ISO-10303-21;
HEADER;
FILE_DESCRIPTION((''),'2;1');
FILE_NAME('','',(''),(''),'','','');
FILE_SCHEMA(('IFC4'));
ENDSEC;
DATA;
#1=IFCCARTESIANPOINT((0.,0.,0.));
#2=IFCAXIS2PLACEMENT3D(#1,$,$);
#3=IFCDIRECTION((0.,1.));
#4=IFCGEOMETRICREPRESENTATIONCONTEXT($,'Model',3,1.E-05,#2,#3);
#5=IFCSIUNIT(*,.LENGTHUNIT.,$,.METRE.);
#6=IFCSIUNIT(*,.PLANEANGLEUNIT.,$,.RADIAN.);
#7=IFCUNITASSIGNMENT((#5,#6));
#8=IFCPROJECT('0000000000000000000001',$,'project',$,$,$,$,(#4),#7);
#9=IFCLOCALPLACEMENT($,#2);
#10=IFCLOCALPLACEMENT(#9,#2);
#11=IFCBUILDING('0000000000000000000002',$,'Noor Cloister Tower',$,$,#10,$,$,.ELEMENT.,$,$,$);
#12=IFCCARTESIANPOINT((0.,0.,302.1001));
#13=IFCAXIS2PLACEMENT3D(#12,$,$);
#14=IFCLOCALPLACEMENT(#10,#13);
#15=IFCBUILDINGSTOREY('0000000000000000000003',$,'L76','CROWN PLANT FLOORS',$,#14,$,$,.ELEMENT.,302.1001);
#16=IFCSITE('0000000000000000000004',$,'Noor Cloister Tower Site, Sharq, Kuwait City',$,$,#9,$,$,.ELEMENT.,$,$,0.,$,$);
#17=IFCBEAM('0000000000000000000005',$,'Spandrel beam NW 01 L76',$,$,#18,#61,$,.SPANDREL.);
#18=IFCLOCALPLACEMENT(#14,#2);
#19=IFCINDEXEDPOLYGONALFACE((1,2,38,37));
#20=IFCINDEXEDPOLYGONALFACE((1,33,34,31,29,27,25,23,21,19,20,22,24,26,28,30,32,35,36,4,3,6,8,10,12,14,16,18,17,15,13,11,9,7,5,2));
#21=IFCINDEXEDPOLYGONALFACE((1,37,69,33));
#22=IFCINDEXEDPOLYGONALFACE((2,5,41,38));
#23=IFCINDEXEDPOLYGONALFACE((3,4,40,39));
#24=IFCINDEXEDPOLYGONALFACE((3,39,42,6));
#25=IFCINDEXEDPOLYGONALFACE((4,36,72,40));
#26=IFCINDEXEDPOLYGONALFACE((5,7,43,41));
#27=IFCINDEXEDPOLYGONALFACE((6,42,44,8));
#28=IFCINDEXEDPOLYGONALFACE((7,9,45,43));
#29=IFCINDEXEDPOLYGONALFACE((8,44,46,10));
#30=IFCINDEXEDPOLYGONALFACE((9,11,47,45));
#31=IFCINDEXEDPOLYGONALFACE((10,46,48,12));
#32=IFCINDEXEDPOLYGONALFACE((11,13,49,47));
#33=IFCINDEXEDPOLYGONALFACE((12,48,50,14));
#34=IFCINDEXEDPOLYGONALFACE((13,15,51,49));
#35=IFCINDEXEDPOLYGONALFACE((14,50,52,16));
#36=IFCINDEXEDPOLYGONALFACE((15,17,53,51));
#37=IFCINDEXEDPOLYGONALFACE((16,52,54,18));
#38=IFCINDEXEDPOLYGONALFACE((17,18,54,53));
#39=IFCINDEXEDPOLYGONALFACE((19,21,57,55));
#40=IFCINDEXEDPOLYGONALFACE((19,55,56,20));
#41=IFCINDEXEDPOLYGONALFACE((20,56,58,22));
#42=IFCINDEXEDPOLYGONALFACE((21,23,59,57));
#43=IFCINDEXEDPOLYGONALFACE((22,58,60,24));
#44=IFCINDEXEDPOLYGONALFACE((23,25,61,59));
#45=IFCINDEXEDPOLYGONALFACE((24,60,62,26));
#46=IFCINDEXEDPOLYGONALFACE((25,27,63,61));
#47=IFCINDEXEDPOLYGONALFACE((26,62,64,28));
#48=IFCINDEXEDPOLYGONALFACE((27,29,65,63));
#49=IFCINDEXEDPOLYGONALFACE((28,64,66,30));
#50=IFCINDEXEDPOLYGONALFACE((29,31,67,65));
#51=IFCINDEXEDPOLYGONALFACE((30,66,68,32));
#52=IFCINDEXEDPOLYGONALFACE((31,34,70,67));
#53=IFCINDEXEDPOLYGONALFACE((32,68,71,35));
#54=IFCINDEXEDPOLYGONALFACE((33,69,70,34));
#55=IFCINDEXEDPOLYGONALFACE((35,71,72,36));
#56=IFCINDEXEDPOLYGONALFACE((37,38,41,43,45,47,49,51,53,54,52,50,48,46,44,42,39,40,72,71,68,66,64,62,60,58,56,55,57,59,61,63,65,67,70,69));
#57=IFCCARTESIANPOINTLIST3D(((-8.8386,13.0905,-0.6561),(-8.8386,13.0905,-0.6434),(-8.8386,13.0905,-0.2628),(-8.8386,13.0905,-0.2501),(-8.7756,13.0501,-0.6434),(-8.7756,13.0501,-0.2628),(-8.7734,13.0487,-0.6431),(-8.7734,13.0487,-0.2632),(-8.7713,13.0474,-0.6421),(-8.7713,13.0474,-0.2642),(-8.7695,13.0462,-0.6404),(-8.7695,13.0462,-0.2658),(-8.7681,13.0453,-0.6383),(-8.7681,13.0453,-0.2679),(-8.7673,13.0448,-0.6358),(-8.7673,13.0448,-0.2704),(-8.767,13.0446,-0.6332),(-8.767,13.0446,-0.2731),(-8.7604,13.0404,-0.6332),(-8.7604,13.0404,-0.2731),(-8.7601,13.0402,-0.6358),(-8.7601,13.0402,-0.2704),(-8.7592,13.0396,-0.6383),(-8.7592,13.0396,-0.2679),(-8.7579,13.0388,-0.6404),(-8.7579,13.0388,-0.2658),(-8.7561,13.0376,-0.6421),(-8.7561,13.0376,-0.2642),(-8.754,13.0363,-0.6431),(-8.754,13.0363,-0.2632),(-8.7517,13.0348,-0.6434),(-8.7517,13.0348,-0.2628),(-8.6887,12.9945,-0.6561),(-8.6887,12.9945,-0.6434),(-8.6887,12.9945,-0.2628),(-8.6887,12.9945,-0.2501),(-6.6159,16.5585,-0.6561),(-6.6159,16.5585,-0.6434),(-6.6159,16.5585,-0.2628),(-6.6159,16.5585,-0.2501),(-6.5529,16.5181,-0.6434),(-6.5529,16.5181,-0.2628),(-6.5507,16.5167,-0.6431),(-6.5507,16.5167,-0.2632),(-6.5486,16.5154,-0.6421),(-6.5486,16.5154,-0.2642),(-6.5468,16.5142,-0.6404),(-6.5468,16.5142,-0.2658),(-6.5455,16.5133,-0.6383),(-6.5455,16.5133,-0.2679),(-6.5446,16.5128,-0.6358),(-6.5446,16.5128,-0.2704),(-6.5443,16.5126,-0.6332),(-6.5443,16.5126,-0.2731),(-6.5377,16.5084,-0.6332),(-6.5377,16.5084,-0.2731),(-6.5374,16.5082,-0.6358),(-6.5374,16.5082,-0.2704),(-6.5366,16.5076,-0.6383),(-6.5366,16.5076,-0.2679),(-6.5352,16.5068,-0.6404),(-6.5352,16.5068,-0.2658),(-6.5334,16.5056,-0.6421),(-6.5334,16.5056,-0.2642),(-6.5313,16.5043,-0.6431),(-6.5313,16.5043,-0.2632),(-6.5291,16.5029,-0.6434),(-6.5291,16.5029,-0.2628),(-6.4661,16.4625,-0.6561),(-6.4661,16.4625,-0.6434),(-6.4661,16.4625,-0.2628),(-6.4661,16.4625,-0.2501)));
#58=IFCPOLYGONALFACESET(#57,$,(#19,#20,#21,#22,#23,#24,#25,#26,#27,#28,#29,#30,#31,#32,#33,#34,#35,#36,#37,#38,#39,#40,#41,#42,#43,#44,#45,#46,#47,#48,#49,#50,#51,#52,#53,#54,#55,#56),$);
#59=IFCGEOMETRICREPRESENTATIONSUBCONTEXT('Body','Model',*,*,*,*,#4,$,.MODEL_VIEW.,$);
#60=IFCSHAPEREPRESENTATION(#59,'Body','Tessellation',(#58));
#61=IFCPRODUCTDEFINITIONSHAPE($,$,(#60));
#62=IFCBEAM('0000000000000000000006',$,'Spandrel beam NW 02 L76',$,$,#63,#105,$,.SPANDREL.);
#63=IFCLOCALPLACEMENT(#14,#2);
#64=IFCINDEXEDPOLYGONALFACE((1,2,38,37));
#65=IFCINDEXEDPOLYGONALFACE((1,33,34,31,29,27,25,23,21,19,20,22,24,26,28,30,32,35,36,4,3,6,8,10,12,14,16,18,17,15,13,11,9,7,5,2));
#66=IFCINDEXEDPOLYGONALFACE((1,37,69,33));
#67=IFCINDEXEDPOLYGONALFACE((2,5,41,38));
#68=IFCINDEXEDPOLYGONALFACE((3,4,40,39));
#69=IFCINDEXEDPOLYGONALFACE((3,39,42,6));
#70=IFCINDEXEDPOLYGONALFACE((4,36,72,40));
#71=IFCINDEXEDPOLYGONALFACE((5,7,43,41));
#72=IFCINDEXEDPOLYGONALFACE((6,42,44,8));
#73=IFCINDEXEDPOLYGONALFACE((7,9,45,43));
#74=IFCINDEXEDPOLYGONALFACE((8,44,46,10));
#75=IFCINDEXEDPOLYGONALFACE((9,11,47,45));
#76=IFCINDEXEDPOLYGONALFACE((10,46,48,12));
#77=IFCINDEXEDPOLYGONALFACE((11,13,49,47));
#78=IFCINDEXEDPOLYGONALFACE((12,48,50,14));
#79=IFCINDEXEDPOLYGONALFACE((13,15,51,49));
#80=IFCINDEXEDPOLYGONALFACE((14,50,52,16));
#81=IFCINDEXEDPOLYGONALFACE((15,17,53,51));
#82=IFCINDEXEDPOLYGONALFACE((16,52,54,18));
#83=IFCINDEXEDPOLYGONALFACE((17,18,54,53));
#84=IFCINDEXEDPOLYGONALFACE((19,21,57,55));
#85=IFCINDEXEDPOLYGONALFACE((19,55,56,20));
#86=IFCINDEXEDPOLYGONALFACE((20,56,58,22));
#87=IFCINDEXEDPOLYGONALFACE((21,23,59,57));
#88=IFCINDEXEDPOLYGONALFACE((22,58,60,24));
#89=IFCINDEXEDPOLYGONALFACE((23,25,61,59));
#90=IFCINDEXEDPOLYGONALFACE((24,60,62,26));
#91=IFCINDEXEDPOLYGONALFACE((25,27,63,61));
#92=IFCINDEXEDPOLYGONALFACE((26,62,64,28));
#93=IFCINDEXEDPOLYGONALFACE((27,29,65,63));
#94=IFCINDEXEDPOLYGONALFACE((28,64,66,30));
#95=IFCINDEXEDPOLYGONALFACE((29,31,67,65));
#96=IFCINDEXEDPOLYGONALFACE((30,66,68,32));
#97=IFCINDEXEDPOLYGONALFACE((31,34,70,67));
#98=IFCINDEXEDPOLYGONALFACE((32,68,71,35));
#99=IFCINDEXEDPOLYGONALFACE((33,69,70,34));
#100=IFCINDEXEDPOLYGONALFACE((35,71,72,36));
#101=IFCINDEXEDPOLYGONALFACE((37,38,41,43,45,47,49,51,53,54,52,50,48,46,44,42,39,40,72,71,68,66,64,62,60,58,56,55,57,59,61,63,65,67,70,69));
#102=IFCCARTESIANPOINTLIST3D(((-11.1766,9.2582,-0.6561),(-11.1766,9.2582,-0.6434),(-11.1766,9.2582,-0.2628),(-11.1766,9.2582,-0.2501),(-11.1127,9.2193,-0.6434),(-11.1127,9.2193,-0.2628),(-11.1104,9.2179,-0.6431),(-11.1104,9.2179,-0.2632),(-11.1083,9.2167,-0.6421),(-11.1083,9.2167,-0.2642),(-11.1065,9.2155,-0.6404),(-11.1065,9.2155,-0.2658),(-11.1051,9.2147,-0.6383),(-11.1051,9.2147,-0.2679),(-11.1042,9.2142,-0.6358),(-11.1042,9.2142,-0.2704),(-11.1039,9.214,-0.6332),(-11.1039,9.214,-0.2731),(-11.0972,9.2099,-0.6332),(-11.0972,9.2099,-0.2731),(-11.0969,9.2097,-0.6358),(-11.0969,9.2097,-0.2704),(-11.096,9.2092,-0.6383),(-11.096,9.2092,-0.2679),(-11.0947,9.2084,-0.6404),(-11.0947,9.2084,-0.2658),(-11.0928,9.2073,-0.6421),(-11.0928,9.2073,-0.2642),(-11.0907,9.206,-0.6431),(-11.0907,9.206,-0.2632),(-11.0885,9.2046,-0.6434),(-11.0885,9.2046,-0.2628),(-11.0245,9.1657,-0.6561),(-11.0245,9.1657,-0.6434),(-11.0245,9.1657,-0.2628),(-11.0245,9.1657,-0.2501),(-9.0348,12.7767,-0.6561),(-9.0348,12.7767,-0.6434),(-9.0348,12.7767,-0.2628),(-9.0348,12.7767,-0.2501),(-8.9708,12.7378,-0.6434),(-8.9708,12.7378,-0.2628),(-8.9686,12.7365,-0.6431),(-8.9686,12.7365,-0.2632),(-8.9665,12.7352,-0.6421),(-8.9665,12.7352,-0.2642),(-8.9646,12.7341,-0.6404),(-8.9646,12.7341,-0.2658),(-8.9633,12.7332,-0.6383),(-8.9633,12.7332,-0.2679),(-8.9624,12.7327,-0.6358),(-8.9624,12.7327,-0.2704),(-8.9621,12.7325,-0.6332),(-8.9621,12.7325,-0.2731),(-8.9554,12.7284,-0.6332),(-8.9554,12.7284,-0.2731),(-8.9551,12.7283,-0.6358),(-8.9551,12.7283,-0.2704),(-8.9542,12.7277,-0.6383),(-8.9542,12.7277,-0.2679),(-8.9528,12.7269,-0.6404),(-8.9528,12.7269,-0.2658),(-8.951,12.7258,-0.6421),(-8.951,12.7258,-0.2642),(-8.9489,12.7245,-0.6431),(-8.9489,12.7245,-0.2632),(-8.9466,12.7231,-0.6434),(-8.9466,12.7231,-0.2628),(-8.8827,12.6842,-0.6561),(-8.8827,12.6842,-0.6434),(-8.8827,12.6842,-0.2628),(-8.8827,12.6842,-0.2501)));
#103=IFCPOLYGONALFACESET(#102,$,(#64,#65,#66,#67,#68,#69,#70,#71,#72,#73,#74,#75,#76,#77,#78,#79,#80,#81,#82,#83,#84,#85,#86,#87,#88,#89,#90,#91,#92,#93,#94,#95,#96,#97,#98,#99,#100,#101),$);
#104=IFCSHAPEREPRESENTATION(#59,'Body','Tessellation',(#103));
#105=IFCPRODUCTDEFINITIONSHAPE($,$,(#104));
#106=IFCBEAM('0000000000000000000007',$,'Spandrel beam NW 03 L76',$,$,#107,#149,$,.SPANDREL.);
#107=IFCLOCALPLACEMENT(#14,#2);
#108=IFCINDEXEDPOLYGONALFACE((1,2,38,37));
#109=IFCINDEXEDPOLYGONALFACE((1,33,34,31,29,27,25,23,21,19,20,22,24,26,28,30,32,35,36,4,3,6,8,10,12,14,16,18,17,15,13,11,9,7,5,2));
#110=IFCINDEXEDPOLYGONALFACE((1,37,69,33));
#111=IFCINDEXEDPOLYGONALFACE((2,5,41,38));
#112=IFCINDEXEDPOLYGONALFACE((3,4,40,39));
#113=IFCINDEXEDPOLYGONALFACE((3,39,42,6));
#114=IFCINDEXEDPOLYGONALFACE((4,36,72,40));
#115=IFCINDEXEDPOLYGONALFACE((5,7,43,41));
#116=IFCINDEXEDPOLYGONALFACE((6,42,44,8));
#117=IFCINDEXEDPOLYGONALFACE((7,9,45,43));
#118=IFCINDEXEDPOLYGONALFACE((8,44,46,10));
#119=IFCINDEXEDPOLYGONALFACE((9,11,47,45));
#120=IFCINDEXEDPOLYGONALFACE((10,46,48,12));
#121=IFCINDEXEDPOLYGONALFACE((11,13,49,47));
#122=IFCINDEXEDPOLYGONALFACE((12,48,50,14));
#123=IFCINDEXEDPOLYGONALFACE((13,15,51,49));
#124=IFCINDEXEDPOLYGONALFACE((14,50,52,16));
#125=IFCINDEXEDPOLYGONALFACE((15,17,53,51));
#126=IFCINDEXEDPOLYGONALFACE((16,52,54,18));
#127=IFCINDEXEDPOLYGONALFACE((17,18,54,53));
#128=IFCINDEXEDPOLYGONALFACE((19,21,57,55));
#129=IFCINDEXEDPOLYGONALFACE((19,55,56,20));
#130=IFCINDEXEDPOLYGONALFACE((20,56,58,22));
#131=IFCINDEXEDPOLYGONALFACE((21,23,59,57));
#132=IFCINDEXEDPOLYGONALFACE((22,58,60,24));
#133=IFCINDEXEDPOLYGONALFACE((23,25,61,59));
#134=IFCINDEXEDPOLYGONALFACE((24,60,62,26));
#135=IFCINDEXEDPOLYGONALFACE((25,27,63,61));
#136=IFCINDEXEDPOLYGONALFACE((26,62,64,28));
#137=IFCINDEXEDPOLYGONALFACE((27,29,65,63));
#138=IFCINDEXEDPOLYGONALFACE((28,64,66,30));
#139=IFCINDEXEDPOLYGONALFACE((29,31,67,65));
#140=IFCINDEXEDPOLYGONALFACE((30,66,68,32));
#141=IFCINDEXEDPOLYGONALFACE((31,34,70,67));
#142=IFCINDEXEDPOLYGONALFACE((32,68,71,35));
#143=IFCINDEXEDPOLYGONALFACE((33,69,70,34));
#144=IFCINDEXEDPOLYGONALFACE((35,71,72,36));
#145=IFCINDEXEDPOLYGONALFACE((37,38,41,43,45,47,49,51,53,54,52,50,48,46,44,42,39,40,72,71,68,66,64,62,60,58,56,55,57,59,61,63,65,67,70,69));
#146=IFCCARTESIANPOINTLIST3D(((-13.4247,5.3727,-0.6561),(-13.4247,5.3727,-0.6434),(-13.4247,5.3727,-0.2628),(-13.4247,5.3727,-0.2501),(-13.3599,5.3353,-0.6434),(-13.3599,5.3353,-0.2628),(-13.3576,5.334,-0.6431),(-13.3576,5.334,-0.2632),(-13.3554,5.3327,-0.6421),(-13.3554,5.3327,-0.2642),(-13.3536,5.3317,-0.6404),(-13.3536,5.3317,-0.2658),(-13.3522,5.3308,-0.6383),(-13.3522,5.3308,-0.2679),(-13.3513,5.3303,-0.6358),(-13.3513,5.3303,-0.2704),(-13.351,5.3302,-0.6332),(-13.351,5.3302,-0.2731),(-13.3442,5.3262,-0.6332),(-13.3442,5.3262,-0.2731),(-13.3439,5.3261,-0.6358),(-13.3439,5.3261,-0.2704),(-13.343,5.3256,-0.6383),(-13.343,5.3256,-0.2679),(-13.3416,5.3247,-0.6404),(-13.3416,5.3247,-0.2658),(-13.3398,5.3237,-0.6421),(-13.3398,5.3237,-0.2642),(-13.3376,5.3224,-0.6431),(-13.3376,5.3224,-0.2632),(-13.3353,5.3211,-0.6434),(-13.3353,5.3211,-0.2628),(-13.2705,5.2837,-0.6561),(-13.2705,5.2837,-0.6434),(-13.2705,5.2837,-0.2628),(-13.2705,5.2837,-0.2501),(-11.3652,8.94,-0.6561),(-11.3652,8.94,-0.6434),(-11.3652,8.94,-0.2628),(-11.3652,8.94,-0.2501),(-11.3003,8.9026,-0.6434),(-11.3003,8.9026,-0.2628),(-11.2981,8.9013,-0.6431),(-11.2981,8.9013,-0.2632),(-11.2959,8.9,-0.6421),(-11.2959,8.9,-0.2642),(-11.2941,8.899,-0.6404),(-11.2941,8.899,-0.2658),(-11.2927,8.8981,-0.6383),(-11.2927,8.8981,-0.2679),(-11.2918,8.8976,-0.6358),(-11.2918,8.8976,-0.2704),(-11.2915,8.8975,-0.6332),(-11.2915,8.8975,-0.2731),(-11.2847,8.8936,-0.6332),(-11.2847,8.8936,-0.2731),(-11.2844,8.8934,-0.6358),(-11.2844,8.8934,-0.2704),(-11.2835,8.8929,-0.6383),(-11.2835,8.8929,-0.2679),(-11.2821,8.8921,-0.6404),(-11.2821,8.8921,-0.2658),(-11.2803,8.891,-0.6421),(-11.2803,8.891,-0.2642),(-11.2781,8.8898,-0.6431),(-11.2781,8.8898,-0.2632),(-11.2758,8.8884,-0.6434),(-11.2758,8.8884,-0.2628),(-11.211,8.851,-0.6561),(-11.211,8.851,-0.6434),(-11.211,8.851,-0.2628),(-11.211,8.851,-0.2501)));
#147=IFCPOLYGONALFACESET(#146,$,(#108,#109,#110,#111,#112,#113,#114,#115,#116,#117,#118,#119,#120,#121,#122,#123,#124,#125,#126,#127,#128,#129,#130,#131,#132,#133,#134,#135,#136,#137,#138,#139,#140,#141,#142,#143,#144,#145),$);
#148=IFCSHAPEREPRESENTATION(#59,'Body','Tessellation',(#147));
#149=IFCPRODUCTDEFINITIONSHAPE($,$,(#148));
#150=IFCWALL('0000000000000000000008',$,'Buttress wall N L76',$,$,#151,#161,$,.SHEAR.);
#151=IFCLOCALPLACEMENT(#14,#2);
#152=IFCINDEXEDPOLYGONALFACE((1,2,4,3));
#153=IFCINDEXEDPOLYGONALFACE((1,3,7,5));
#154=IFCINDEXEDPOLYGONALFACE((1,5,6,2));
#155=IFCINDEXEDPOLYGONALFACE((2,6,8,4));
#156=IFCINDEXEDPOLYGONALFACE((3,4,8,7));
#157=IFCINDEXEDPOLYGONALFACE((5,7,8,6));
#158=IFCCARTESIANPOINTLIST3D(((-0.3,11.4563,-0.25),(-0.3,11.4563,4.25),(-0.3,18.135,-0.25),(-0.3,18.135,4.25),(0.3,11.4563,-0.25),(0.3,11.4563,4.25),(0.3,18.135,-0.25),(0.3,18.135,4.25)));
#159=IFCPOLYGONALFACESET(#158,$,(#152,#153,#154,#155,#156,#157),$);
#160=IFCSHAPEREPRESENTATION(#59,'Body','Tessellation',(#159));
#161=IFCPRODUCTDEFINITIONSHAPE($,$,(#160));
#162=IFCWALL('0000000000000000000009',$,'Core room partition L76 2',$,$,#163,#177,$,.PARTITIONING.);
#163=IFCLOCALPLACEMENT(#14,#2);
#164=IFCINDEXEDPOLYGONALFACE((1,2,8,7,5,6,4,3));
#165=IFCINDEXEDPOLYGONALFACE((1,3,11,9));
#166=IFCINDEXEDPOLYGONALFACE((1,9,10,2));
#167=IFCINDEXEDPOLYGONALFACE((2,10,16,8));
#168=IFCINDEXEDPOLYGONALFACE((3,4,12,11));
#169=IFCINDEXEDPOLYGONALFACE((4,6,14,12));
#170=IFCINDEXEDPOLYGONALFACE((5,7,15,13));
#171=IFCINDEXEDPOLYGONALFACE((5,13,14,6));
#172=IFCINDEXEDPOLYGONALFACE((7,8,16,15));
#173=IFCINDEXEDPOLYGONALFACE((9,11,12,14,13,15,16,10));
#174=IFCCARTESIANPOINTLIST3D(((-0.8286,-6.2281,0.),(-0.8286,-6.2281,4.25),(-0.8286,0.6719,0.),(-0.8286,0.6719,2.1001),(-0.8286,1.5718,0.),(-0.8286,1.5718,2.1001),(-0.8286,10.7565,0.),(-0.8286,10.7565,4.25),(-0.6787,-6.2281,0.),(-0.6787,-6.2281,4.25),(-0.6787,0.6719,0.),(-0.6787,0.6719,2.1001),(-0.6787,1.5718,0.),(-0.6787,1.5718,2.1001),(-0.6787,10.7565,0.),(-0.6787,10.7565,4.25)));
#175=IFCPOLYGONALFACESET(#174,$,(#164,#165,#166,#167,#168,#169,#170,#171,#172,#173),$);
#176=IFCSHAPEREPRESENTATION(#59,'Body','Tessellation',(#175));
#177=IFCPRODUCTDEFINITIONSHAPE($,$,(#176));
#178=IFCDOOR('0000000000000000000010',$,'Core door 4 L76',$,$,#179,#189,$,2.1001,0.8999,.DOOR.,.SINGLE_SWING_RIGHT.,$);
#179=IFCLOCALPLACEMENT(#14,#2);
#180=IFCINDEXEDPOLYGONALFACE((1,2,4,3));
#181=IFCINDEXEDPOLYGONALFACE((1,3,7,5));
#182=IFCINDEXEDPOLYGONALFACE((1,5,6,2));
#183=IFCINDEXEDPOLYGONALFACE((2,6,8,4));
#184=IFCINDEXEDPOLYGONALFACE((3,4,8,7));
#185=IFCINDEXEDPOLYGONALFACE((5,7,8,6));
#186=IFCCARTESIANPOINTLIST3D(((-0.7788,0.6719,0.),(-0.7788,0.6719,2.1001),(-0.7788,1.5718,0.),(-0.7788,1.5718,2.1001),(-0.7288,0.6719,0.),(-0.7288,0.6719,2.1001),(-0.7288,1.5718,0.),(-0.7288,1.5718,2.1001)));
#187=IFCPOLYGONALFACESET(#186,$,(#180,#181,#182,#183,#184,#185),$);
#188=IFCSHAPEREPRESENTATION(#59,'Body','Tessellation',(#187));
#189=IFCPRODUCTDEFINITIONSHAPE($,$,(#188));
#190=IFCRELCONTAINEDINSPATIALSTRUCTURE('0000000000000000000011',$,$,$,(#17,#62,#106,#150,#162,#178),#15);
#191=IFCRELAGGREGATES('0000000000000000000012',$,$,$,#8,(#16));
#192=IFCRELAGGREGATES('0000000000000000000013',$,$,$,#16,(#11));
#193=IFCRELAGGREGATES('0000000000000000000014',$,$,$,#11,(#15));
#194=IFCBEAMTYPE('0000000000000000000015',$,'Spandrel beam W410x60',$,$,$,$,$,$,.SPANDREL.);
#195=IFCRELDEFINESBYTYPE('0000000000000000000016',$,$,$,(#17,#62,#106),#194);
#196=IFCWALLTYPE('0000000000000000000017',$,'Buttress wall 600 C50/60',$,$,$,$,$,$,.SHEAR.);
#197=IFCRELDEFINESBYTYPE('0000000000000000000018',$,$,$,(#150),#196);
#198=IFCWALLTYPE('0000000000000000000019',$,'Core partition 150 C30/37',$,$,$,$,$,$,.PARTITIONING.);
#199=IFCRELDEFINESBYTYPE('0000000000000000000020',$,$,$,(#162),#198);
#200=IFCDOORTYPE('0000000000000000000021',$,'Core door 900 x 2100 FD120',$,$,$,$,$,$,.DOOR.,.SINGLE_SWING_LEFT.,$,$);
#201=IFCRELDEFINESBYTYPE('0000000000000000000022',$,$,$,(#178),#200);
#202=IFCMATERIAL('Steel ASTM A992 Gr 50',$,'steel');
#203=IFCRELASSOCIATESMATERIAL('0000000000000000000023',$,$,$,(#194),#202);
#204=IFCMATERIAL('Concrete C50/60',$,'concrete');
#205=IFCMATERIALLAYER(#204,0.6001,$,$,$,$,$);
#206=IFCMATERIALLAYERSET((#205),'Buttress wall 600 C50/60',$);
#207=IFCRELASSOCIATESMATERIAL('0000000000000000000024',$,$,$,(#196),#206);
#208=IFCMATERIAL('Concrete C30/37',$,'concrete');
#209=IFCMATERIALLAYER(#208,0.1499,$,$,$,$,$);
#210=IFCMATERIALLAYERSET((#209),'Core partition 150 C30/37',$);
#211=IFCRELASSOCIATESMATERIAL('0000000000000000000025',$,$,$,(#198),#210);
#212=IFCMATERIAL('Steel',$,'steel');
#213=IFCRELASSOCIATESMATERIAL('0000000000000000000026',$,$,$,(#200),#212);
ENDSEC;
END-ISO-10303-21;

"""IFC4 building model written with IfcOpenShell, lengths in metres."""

from ifc_helpers import new_model, si_unit, direction, frame, frame_2d, origin, origin_2d, place, context, subcontext, project, spatial, rectangle, i_section, extrude, material, layer, layer_set, material_profile, profile_set, type_object, element, fill, save


model = new_model("IFC4")

# Units and contexts
model_context = context("Model", 3, precision=1e-05, world=origin(), true_north=direction((0.0, 1.0)))
body_context = subcontext(model_context, "Body", "Model", "MODEL_VIEW")
ifc_project = project(units=[si_unit("LENGTHUNIT", "METRE"), si_unit("PLANEANGLEUNIT", "RADIAN")], contexts=[model_context])

# Site, building, storey
site_placement = place(None, origin())
site = spatial("IfcSite", under=ifc_project, at=site_placement, Name="Noor Cloister Tower Site, Sharq, Kuwait City", CompositionType="ELEMENT", RefElevation=0.0)
building_placement = place(site_placement, origin())
building = spatial("IfcBuilding", under=site, at=building_placement, Name="Noor Cloister Tower", CompositionType="ELEMENT")
storey_placement = place(building_placement, frame((0.0, 0.0, 302.1001)))
storey = spatial("IfcBuildingStorey", under=building, at=storey_placement, Name="L76", Description="CROWN PLANT FLOORS", CompositionType="ELEMENT", Elevation=302.1001)

# Beams
ifc_material_1 = material(Name="Steel ASTM A992 Gr 50", Category="steel")
ifc_material_profile_1 = material_profile(ifc_material_1, i_section(OverallWidth=0.178, OverallDepth=0.406, WebThickness=0.0078, FlangeThickness=0.0127, FilletRadius=0.0103, at=origin_2d()), Name="W410x60")
ifc_profile_set_1 = profile_set([ifc_material_profile_1], Name="Steel ASTM A992 Gr 50")
beam_type_1 = type_object("IfcBeamType", Name="Spandrel beam W410x60", PredefinedType="SPANDREL", material=ifc_profile_set_1)
for number, where, z_axis, x_axis, name in (
    (1, (-6.541, 16.5105, -0.4531), (-0.539592, -0.841927, 0.0), (0.841927, -0.539592, 0.0), "Spandrel beam NW 01 L76"),
    (2, (-8.9587, 12.7305, -0.4531), (-0.519968, -0.854186, 0.0), (0.854186, -0.519968, 0.0), "Spandrel beam NW 02 L76"),
    (3, (-11.2881, 8.8955, -0.4531), (-0.499989, -0.866032, 0.0), (0.866032, -0.499989, 0.0), "Spandrel beam NW 03 L76"),
):
    element("IfcBeam", number, at=place(storey_placement, frame(where, z_axis=z_axis, x_axis=x_axis)), inside=storey, type_object=beam_type_1, Name=name, PredefinedType="SPANDREL", context=body_context, shape_type="SweptSolid", body=[
        extrude(i_section(OverallWidth=0.178, OverallDepth=0.406, WebThickness=0.0078, FlangeThickness=0.0127, FilletRadius=0.0103, at=origin_2d()), origin(), (0.0, 0.0, 1.0), 4.1191),
    ])

# Wall
ifc_material_2 = material(Name="Concrete C50/60", Category="concrete")
ifc_layer_1 = layer(ifc_material_2, 0.6001)
ifc_layer_set_1 = layer_set([ifc_layer_1], Name="Buttress wall 600 C50/60")
wall_type_1 = type_object("IfcWallType", Name="Buttress wall 600 C50/60", PredefinedType="SHEAR", material=ifc_layer_set_1)
wall_1_placement = place(storey_placement, frame((0.0, 11.4563, -0.25), z_axis=(0.0, 0.0, 1.0), x_axis=(0.0, 1.0, 0.0)))
element("IfcWall", 4, at=wall_1_placement, inside=storey, type_object=wall_type_1, Name="Buttress wall N L76", PredefinedType="SHEAR", context=body_context, shape_type="SweptSolid", body=[
    extrude(rectangle(XDim=6.6787, YDim=0.6001, at=frame_2d((3.3394, 0.0))), origin(), (0.0, 0.0, 1.0), 4.5),
])

# Wall, opening, door
ifc_material_3 = material(Name="Concrete C30/37", Category="concrete")
ifc_layer_2 = layer(ifc_material_3, 0.1499)
ifc_layer_set_2 = layer_set([ifc_layer_2], Name="Core partition 150 C30/37")
wall_type_2 = type_object("IfcWallType", Name="Core partition 150 C30/37", PredefinedType="PARTITIONING", material=ifc_layer_set_2)
wall_2_placement = place(storey_placement, frame((-0.7537, 10.7563, 0.0), z_axis=(0.0, 0.0, 1.0), x_axis=(0.0, -1.0, 0.0)))
wall_2 = element("IfcWall", 5, at=wall_2_placement, inside=storey, type_object=wall_type_2, Name="Core room partition L76 2", PredefinedType="PARTITIONING", context=body_context, shape_type="SweptSolid", body=[
    extrude(rectangle(XDim=16.9846, YDim=0.1499, at=frame_2d((8.4922, 0.0))), origin(), (0.0, 0.0, 1.0), 4.25),
])
opening_1_placement = place(wall_2_placement, frame((9.1846, 0.0, 0.0)))
opening_1 = element("IfcOpeningElement", 6, at=opening_1_placement, cuts=wall_2, PredefinedType="OPENING", context=body_context, shape_type="SweptSolid", body=[
    extrude(rectangle(XDim=0.8999, YDim=2.1001, at=frame_2d((0.45, 1.05))), frame((0.0, 0.085, 0.0), z_axis=(0.0, -1.0, 0.0), x_axis=(1.0, 0.0, 0.0)), (0.0, 0.0, 1.0), 0.1699),
])
ifc_material_4 = material(Name="Steel", Category="steel")
door_type_1 = type_object("IfcDoorType", Name="Core door 900 x 2100 FD120", OperationType="SINGLE_SWING_LEFT", PredefinedType="DOOR", material=ifc_material_4)
door_1_placement = place(opening_1_placement, origin())
door_1 = element("IfcDoor", 7, at=door_1_placement, inside=storey, type_object=door_type_1, Name="Core door 4 L76", OperationType="SINGLE_SWING_RIGHT", OverallHeight=2.1001, OverallWidth=0.8999, PredefinedType="DOOR", context=body_context, shape_type="SweptSolid", body=[
    extrude(rectangle(XDim=0.8999, YDim=2.1001, at=frame_2d((0.45, 1.05))), frame((0.0, 0.0249, 0.0), z_axis=(0.0, -1.0, 0.0), x_axis=(1.0, 0.0, 0.0)), (0.0, 0.0, 1.0), 0.05),
])
fill(opening_1, door_1)

save(model, "model.ifc")
